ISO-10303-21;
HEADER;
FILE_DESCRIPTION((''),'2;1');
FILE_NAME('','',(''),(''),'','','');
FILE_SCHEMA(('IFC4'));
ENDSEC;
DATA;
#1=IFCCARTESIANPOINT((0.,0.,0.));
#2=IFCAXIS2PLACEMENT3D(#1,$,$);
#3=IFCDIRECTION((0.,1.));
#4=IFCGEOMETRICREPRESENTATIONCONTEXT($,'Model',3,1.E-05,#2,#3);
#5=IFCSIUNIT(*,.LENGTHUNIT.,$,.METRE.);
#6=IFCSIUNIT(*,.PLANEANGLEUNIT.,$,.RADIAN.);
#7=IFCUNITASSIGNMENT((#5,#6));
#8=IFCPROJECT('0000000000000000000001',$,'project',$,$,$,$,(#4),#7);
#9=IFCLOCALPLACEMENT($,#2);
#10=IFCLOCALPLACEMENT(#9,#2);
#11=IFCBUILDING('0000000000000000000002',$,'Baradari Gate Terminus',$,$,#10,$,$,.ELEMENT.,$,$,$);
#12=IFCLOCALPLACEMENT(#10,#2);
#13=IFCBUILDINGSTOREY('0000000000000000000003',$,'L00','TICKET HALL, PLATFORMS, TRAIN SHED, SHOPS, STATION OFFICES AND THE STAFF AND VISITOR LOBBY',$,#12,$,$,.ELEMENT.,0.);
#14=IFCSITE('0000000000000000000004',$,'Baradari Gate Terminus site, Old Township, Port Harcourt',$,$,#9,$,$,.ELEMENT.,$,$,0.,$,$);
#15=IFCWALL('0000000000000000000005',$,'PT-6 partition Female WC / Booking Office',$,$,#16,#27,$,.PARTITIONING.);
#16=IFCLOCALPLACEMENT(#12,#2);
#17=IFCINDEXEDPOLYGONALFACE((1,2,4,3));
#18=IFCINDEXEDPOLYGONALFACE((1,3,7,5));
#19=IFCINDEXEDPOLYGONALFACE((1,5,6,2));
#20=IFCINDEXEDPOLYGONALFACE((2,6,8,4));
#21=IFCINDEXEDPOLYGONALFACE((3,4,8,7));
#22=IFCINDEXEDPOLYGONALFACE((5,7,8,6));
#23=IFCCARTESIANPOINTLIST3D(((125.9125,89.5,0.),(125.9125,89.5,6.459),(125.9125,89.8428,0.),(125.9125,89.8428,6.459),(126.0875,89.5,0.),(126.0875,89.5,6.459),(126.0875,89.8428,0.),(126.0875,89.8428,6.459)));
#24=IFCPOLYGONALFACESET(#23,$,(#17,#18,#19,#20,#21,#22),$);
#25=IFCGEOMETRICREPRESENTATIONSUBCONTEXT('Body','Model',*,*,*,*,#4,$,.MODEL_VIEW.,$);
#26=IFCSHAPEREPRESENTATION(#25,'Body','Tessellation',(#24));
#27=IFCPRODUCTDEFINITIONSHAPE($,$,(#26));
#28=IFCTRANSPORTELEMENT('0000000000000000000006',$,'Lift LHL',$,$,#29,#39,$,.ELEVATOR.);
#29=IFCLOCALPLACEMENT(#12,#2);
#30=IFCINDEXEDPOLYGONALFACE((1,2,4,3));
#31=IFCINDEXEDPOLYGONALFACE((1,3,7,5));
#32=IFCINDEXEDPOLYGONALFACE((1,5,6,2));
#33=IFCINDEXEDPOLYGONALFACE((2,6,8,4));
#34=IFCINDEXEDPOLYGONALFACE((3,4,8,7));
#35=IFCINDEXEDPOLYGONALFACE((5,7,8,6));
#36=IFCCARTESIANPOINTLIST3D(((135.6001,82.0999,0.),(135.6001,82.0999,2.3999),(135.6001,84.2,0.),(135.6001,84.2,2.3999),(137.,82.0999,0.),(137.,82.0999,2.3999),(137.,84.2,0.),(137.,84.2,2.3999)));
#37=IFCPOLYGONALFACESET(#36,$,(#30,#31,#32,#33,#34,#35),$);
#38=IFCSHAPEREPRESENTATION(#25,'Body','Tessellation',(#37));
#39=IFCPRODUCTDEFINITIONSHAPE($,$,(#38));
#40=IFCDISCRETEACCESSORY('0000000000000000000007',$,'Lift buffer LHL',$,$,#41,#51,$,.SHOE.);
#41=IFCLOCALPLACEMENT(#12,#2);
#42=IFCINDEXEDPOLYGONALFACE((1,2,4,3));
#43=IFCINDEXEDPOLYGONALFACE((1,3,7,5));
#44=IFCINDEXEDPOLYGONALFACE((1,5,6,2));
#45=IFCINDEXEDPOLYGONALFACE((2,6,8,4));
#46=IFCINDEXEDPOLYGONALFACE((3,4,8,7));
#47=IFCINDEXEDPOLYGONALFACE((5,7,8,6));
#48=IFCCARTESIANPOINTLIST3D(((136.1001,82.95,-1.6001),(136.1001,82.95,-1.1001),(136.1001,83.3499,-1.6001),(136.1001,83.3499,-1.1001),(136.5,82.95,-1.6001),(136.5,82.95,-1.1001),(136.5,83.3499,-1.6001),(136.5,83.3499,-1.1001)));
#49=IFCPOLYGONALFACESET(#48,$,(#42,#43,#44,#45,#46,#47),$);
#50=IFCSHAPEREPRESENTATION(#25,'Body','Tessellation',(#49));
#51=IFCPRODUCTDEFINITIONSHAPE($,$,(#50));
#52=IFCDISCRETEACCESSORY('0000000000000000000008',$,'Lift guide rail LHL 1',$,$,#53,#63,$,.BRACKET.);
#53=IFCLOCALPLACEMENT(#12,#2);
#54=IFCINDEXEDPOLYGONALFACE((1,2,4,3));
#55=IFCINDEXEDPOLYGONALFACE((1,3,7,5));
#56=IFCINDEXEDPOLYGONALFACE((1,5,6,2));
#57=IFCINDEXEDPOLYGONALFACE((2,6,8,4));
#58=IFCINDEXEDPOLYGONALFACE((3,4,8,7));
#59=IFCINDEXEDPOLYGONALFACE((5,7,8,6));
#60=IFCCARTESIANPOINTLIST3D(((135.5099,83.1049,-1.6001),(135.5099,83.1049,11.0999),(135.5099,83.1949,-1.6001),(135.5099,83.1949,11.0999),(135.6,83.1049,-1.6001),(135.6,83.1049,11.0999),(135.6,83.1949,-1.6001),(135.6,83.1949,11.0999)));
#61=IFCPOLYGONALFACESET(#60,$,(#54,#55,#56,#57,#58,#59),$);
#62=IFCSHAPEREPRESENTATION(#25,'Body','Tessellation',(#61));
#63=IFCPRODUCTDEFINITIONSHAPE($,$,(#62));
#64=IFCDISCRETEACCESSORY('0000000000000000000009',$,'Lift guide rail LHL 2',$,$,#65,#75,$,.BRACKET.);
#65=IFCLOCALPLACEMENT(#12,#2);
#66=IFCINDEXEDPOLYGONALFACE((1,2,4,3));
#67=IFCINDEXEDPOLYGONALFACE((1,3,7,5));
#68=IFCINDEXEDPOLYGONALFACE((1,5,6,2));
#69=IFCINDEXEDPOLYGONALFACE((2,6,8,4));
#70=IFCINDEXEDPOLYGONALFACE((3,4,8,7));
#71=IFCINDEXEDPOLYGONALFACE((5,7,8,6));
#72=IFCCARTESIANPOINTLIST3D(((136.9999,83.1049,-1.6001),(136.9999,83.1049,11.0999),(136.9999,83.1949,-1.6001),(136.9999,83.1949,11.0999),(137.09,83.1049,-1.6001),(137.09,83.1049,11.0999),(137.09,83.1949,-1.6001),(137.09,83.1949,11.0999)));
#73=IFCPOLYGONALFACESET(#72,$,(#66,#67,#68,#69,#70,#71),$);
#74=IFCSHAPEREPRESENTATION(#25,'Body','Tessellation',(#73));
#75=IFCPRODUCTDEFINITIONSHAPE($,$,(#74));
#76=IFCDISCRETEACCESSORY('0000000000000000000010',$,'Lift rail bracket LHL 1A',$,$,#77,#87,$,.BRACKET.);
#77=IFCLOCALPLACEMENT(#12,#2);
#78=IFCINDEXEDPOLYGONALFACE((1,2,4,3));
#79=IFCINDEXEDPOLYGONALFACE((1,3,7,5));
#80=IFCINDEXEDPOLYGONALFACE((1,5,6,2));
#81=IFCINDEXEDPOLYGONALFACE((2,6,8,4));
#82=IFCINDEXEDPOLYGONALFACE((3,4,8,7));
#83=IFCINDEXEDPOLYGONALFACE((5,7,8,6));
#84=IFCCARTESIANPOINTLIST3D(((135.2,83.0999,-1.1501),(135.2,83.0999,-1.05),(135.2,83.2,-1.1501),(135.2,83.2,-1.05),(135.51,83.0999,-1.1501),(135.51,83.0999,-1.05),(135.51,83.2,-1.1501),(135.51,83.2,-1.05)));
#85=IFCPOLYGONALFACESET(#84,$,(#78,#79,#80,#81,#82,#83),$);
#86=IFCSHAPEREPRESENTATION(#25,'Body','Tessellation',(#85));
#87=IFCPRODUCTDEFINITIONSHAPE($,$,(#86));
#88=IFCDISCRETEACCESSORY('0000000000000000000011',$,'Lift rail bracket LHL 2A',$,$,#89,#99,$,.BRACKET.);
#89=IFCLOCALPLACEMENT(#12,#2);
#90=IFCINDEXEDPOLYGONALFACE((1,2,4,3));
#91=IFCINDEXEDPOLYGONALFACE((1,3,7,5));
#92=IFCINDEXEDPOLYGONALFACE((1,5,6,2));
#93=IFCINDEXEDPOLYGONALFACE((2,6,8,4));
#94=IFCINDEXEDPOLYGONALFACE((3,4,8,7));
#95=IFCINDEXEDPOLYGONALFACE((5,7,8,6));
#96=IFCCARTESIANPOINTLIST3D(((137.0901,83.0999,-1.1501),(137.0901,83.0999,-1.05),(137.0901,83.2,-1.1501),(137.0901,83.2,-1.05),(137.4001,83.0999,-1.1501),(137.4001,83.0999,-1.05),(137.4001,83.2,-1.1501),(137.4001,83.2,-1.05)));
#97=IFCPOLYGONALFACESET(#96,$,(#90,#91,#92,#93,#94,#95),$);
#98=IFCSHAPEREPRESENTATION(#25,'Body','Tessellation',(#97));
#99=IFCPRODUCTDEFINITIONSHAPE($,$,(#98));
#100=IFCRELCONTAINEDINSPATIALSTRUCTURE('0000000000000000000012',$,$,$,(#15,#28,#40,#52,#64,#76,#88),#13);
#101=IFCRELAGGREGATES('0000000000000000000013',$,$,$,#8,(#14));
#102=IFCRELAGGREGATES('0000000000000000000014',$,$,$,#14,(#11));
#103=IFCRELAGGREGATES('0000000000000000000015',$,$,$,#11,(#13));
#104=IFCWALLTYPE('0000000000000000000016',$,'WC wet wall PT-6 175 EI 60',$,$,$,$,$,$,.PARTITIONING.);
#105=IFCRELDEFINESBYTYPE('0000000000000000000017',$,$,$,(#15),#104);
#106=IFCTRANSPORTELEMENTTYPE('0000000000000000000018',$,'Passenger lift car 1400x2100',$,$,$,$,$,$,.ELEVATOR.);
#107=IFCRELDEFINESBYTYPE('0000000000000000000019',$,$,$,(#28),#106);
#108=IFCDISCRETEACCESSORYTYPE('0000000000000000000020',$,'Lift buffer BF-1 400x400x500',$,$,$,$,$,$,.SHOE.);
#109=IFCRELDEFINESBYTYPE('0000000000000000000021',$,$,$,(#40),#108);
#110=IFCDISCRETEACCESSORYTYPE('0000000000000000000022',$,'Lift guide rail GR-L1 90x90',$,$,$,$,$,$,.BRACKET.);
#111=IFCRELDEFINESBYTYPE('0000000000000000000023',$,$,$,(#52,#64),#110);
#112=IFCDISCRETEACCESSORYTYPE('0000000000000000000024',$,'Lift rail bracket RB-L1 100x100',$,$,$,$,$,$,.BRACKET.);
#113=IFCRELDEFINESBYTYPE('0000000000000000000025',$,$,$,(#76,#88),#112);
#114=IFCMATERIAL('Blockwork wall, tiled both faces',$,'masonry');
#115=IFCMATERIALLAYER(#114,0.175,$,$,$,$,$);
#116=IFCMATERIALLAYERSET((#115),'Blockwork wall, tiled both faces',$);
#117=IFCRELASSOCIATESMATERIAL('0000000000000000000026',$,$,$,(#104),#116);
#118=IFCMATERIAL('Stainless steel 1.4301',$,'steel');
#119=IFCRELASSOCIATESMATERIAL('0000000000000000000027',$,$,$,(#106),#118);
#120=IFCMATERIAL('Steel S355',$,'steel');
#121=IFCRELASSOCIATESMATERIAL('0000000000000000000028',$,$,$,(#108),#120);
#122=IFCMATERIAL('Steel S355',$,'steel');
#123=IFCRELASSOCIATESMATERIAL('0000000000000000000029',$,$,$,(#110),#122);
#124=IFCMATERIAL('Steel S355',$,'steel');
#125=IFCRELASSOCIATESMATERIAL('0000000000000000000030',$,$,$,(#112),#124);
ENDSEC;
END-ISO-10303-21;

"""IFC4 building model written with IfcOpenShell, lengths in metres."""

from ifc_helpers import new_model, si_unit, direction, frame, frame_2d, origin, origin_2d, place, context, subcontext, project, spatial, rectangle, extrude, material, layer, layer_set, type_object, element, save


model = new_model("IFC4")

# Units and contexts
model_context = context("Model", 3, precision=1e-05, world=origin(), true_north=direction((0.0, 1.0)))
body_context = subcontext(model_context, "Body", "Model", "MODEL_VIEW")
ifc_project = project(units=[si_unit("LENGTHUNIT", "METRE"), si_unit("PLANEANGLEUNIT", "RADIAN")], contexts=[model_context])

# Site, building, storey
site_placement = place(None, origin())
site = spatial("IfcSite", under=ifc_project, at=site_placement, Name="Baradari Gate Terminus site, Old Township, Port Harcourt", CompositionType="ELEMENT", RefElevation=0.0)
building_placement = place(site_placement, origin())
building = spatial("IfcBuilding", under=site, at=building_placement, Name="Baradari Gate Terminus", CompositionType="ELEMENT")
storey_placement = place(building_placement, origin())
storey = spatial("IfcBuildingStorey", under=building, at=storey_placement, Name="L00", Description="TICKET HALL, PLATFORMS, TRAIN SHED, SHOPS, STATION OFFICES AND THE STAFF AND VISITOR LOBBY", CompositionType="ELEMENT", Elevation=0.0)

# Wall
ifc_material_1 = material(Name="Blockwork wall, tiled both faces", Category="masonry")
ifc_layer_1 = layer(ifc_material_1, 0.175)
ifc_layer_set_1 = layer_set([ifc_layer_1], Name="Blockwork wall, tiled both faces")
wall_type_1 = type_object("IfcWallType", Name="WC wet wall PT-6 175 EI 60", PredefinedType="PARTITIONING", material=ifc_layer_set_1)
wall_1_placement = place(storey_placement, frame((126.0, 89.8428, 0.0), z_axis=(0.0, 0.0, 1.0), x_axis=(0.0, -1.0, 0.0)))
element("IfcWall", 1, at=wall_1_placement, inside=storey, type_object=wall_type_1, Name="PT-6 partition Female WC / Booking Office", PredefinedType="PARTITIONING", context=body_context, shape_type="SweptSolid", body=[
    extrude(rectangle(XDim=0.3428, YDim=0.175, at=frame_2d((0.1714, 0.0))), origin(), (0.0, 0.0, 1.0), 6.459),
])

# Transport element
ifc_material_2 = material(Name="Stainless steel 1.4301", Category="steel")
transport_element_type = type_object("IfcTransportElementType", Name="Passenger lift car 1400x2100", PredefinedType="ELEVATOR", material=ifc_material_2)
transport_element_placement = place(storey_placement, frame((136.3, 83.1499, 0.0), z_axis=(0.0, 0.0, 1.0), x_axis=(1.0, 0.0, 0.0)))
element("IfcTransportElement", 2, at=transport_element_placement, inside=storey, type_object=transport_element_type, Name="Lift LHL", PredefinedType="ELEVATOR", context=body_context, shape_type="SweptSolid", body=[
    extrude(rectangle(XDim=1.3999, YDim=2.1001, at=origin_2d()), origin(), (0.0, 0.0, 1.0), 2.3999),
])

# Discrete accessories
ifc_material_3 = material(Name="Steel S355", Category="steel")
discrete_accessory_type_1 = type_object("IfcDiscreteAccessoryType", Name="Lift buffer BF-1 400x400x500", PredefinedType="SHOE", material=ifc_material_3)
discrete_accessory_placement = place(storey_placement, frame((136.3, 83.1499, -1.6001), z_axis=(0.0, 0.0, 1.0), x_axis=(1.0, 0.0, 0.0)))
element("IfcDiscreteAccessory", 3, at=discrete_accessory_placement, inside=storey, type_object=discrete_accessory_type_1, Name="Lift buffer LHL", PredefinedType="SHOE", context=body_context, shape_type="SweptSolid", body=[
    extrude(rectangle(XDim=0.3999, YDim=0.3999, at=origin_2d()), origin(), (0.0, 0.0, 1.0), 0.5),
])
ifc_material_4 = material(Name="Steel S355", Category="steel")
discrete_accessory_type_2 = type_object("IfcDiscreteAccessoryType", Name="Lift guide rail GR-L1 90x90", PredefinedType="BRACKET", material=ifc_material_4)
for number, where, z_axis, x_axis, name in (
    (4, (135.5549, 83.1499, -1.6001), (0.0, 0.0, 1.0), (1.0, 0.0, 0.0), "Lift guide rail LHL 1"),
    (5, (137.0449, 83.1499, -1.6001), (0.0, 0.0, 1.0), (1.0, 0.0, 0.0), "Lift guide rail LHL 2"),
):
    element("IfcDiscreteAccessory", number, at=place(storey_placement, frame(where, z_axis=z_axis, x_axis=x_axis)), inside=storey, type_object=discrete_accessory_type_2, Name=name, PredefinedType="BRACKET", context=body_context, shape_type="SweptSolid", body=[
        extrude(rectangle(XDim=0.0901, YDim=0.0901, at=origin_2d()), origin(), (0.0, 0.0, 1.0), 12.7),
    ])
ifc_material_5 = material(Name="Steel S355", Category="steel")
discrete_accessory_type_3 = type_object("IfcDiscreteAccessoryType", Name="Lift rail bracket RB-L1 100x100", PredefinedType="BRACKET", material=ifc_material_5)
for number, where, z_axis, x_axis, name in (
    (6, (135.355, 83.1499, -1.1501), (0.0, 0.0, 1.0), (1.0, 0.0, 0.0), "Lift rail bracket LHL 1A"),
    (7, (137.2451, 83.1499, -1.1501), (0.0, 0.0, 1.0), (1.0, 0.0, 0.0), "Lift rail bracket LHL 2A"),
):
    element("IfcDiscreteAccessory", number, at=place(storey_placement, frame(where, z_axis=z_axis, x_axis=x_axis)), inside=storey, type_object=discrete_accessory_type_3, Name=name, PredefinedType="BRACKET", context=body_context, shape_type="SweptSolid", body=[
        extrude(rectangle(XDim=0.3101, YDim=0.1001, at=origin_2d()), origin(), (0.0, 0.0, 1.0), 0.1001),
    ])

save(model, "model.ifc")
